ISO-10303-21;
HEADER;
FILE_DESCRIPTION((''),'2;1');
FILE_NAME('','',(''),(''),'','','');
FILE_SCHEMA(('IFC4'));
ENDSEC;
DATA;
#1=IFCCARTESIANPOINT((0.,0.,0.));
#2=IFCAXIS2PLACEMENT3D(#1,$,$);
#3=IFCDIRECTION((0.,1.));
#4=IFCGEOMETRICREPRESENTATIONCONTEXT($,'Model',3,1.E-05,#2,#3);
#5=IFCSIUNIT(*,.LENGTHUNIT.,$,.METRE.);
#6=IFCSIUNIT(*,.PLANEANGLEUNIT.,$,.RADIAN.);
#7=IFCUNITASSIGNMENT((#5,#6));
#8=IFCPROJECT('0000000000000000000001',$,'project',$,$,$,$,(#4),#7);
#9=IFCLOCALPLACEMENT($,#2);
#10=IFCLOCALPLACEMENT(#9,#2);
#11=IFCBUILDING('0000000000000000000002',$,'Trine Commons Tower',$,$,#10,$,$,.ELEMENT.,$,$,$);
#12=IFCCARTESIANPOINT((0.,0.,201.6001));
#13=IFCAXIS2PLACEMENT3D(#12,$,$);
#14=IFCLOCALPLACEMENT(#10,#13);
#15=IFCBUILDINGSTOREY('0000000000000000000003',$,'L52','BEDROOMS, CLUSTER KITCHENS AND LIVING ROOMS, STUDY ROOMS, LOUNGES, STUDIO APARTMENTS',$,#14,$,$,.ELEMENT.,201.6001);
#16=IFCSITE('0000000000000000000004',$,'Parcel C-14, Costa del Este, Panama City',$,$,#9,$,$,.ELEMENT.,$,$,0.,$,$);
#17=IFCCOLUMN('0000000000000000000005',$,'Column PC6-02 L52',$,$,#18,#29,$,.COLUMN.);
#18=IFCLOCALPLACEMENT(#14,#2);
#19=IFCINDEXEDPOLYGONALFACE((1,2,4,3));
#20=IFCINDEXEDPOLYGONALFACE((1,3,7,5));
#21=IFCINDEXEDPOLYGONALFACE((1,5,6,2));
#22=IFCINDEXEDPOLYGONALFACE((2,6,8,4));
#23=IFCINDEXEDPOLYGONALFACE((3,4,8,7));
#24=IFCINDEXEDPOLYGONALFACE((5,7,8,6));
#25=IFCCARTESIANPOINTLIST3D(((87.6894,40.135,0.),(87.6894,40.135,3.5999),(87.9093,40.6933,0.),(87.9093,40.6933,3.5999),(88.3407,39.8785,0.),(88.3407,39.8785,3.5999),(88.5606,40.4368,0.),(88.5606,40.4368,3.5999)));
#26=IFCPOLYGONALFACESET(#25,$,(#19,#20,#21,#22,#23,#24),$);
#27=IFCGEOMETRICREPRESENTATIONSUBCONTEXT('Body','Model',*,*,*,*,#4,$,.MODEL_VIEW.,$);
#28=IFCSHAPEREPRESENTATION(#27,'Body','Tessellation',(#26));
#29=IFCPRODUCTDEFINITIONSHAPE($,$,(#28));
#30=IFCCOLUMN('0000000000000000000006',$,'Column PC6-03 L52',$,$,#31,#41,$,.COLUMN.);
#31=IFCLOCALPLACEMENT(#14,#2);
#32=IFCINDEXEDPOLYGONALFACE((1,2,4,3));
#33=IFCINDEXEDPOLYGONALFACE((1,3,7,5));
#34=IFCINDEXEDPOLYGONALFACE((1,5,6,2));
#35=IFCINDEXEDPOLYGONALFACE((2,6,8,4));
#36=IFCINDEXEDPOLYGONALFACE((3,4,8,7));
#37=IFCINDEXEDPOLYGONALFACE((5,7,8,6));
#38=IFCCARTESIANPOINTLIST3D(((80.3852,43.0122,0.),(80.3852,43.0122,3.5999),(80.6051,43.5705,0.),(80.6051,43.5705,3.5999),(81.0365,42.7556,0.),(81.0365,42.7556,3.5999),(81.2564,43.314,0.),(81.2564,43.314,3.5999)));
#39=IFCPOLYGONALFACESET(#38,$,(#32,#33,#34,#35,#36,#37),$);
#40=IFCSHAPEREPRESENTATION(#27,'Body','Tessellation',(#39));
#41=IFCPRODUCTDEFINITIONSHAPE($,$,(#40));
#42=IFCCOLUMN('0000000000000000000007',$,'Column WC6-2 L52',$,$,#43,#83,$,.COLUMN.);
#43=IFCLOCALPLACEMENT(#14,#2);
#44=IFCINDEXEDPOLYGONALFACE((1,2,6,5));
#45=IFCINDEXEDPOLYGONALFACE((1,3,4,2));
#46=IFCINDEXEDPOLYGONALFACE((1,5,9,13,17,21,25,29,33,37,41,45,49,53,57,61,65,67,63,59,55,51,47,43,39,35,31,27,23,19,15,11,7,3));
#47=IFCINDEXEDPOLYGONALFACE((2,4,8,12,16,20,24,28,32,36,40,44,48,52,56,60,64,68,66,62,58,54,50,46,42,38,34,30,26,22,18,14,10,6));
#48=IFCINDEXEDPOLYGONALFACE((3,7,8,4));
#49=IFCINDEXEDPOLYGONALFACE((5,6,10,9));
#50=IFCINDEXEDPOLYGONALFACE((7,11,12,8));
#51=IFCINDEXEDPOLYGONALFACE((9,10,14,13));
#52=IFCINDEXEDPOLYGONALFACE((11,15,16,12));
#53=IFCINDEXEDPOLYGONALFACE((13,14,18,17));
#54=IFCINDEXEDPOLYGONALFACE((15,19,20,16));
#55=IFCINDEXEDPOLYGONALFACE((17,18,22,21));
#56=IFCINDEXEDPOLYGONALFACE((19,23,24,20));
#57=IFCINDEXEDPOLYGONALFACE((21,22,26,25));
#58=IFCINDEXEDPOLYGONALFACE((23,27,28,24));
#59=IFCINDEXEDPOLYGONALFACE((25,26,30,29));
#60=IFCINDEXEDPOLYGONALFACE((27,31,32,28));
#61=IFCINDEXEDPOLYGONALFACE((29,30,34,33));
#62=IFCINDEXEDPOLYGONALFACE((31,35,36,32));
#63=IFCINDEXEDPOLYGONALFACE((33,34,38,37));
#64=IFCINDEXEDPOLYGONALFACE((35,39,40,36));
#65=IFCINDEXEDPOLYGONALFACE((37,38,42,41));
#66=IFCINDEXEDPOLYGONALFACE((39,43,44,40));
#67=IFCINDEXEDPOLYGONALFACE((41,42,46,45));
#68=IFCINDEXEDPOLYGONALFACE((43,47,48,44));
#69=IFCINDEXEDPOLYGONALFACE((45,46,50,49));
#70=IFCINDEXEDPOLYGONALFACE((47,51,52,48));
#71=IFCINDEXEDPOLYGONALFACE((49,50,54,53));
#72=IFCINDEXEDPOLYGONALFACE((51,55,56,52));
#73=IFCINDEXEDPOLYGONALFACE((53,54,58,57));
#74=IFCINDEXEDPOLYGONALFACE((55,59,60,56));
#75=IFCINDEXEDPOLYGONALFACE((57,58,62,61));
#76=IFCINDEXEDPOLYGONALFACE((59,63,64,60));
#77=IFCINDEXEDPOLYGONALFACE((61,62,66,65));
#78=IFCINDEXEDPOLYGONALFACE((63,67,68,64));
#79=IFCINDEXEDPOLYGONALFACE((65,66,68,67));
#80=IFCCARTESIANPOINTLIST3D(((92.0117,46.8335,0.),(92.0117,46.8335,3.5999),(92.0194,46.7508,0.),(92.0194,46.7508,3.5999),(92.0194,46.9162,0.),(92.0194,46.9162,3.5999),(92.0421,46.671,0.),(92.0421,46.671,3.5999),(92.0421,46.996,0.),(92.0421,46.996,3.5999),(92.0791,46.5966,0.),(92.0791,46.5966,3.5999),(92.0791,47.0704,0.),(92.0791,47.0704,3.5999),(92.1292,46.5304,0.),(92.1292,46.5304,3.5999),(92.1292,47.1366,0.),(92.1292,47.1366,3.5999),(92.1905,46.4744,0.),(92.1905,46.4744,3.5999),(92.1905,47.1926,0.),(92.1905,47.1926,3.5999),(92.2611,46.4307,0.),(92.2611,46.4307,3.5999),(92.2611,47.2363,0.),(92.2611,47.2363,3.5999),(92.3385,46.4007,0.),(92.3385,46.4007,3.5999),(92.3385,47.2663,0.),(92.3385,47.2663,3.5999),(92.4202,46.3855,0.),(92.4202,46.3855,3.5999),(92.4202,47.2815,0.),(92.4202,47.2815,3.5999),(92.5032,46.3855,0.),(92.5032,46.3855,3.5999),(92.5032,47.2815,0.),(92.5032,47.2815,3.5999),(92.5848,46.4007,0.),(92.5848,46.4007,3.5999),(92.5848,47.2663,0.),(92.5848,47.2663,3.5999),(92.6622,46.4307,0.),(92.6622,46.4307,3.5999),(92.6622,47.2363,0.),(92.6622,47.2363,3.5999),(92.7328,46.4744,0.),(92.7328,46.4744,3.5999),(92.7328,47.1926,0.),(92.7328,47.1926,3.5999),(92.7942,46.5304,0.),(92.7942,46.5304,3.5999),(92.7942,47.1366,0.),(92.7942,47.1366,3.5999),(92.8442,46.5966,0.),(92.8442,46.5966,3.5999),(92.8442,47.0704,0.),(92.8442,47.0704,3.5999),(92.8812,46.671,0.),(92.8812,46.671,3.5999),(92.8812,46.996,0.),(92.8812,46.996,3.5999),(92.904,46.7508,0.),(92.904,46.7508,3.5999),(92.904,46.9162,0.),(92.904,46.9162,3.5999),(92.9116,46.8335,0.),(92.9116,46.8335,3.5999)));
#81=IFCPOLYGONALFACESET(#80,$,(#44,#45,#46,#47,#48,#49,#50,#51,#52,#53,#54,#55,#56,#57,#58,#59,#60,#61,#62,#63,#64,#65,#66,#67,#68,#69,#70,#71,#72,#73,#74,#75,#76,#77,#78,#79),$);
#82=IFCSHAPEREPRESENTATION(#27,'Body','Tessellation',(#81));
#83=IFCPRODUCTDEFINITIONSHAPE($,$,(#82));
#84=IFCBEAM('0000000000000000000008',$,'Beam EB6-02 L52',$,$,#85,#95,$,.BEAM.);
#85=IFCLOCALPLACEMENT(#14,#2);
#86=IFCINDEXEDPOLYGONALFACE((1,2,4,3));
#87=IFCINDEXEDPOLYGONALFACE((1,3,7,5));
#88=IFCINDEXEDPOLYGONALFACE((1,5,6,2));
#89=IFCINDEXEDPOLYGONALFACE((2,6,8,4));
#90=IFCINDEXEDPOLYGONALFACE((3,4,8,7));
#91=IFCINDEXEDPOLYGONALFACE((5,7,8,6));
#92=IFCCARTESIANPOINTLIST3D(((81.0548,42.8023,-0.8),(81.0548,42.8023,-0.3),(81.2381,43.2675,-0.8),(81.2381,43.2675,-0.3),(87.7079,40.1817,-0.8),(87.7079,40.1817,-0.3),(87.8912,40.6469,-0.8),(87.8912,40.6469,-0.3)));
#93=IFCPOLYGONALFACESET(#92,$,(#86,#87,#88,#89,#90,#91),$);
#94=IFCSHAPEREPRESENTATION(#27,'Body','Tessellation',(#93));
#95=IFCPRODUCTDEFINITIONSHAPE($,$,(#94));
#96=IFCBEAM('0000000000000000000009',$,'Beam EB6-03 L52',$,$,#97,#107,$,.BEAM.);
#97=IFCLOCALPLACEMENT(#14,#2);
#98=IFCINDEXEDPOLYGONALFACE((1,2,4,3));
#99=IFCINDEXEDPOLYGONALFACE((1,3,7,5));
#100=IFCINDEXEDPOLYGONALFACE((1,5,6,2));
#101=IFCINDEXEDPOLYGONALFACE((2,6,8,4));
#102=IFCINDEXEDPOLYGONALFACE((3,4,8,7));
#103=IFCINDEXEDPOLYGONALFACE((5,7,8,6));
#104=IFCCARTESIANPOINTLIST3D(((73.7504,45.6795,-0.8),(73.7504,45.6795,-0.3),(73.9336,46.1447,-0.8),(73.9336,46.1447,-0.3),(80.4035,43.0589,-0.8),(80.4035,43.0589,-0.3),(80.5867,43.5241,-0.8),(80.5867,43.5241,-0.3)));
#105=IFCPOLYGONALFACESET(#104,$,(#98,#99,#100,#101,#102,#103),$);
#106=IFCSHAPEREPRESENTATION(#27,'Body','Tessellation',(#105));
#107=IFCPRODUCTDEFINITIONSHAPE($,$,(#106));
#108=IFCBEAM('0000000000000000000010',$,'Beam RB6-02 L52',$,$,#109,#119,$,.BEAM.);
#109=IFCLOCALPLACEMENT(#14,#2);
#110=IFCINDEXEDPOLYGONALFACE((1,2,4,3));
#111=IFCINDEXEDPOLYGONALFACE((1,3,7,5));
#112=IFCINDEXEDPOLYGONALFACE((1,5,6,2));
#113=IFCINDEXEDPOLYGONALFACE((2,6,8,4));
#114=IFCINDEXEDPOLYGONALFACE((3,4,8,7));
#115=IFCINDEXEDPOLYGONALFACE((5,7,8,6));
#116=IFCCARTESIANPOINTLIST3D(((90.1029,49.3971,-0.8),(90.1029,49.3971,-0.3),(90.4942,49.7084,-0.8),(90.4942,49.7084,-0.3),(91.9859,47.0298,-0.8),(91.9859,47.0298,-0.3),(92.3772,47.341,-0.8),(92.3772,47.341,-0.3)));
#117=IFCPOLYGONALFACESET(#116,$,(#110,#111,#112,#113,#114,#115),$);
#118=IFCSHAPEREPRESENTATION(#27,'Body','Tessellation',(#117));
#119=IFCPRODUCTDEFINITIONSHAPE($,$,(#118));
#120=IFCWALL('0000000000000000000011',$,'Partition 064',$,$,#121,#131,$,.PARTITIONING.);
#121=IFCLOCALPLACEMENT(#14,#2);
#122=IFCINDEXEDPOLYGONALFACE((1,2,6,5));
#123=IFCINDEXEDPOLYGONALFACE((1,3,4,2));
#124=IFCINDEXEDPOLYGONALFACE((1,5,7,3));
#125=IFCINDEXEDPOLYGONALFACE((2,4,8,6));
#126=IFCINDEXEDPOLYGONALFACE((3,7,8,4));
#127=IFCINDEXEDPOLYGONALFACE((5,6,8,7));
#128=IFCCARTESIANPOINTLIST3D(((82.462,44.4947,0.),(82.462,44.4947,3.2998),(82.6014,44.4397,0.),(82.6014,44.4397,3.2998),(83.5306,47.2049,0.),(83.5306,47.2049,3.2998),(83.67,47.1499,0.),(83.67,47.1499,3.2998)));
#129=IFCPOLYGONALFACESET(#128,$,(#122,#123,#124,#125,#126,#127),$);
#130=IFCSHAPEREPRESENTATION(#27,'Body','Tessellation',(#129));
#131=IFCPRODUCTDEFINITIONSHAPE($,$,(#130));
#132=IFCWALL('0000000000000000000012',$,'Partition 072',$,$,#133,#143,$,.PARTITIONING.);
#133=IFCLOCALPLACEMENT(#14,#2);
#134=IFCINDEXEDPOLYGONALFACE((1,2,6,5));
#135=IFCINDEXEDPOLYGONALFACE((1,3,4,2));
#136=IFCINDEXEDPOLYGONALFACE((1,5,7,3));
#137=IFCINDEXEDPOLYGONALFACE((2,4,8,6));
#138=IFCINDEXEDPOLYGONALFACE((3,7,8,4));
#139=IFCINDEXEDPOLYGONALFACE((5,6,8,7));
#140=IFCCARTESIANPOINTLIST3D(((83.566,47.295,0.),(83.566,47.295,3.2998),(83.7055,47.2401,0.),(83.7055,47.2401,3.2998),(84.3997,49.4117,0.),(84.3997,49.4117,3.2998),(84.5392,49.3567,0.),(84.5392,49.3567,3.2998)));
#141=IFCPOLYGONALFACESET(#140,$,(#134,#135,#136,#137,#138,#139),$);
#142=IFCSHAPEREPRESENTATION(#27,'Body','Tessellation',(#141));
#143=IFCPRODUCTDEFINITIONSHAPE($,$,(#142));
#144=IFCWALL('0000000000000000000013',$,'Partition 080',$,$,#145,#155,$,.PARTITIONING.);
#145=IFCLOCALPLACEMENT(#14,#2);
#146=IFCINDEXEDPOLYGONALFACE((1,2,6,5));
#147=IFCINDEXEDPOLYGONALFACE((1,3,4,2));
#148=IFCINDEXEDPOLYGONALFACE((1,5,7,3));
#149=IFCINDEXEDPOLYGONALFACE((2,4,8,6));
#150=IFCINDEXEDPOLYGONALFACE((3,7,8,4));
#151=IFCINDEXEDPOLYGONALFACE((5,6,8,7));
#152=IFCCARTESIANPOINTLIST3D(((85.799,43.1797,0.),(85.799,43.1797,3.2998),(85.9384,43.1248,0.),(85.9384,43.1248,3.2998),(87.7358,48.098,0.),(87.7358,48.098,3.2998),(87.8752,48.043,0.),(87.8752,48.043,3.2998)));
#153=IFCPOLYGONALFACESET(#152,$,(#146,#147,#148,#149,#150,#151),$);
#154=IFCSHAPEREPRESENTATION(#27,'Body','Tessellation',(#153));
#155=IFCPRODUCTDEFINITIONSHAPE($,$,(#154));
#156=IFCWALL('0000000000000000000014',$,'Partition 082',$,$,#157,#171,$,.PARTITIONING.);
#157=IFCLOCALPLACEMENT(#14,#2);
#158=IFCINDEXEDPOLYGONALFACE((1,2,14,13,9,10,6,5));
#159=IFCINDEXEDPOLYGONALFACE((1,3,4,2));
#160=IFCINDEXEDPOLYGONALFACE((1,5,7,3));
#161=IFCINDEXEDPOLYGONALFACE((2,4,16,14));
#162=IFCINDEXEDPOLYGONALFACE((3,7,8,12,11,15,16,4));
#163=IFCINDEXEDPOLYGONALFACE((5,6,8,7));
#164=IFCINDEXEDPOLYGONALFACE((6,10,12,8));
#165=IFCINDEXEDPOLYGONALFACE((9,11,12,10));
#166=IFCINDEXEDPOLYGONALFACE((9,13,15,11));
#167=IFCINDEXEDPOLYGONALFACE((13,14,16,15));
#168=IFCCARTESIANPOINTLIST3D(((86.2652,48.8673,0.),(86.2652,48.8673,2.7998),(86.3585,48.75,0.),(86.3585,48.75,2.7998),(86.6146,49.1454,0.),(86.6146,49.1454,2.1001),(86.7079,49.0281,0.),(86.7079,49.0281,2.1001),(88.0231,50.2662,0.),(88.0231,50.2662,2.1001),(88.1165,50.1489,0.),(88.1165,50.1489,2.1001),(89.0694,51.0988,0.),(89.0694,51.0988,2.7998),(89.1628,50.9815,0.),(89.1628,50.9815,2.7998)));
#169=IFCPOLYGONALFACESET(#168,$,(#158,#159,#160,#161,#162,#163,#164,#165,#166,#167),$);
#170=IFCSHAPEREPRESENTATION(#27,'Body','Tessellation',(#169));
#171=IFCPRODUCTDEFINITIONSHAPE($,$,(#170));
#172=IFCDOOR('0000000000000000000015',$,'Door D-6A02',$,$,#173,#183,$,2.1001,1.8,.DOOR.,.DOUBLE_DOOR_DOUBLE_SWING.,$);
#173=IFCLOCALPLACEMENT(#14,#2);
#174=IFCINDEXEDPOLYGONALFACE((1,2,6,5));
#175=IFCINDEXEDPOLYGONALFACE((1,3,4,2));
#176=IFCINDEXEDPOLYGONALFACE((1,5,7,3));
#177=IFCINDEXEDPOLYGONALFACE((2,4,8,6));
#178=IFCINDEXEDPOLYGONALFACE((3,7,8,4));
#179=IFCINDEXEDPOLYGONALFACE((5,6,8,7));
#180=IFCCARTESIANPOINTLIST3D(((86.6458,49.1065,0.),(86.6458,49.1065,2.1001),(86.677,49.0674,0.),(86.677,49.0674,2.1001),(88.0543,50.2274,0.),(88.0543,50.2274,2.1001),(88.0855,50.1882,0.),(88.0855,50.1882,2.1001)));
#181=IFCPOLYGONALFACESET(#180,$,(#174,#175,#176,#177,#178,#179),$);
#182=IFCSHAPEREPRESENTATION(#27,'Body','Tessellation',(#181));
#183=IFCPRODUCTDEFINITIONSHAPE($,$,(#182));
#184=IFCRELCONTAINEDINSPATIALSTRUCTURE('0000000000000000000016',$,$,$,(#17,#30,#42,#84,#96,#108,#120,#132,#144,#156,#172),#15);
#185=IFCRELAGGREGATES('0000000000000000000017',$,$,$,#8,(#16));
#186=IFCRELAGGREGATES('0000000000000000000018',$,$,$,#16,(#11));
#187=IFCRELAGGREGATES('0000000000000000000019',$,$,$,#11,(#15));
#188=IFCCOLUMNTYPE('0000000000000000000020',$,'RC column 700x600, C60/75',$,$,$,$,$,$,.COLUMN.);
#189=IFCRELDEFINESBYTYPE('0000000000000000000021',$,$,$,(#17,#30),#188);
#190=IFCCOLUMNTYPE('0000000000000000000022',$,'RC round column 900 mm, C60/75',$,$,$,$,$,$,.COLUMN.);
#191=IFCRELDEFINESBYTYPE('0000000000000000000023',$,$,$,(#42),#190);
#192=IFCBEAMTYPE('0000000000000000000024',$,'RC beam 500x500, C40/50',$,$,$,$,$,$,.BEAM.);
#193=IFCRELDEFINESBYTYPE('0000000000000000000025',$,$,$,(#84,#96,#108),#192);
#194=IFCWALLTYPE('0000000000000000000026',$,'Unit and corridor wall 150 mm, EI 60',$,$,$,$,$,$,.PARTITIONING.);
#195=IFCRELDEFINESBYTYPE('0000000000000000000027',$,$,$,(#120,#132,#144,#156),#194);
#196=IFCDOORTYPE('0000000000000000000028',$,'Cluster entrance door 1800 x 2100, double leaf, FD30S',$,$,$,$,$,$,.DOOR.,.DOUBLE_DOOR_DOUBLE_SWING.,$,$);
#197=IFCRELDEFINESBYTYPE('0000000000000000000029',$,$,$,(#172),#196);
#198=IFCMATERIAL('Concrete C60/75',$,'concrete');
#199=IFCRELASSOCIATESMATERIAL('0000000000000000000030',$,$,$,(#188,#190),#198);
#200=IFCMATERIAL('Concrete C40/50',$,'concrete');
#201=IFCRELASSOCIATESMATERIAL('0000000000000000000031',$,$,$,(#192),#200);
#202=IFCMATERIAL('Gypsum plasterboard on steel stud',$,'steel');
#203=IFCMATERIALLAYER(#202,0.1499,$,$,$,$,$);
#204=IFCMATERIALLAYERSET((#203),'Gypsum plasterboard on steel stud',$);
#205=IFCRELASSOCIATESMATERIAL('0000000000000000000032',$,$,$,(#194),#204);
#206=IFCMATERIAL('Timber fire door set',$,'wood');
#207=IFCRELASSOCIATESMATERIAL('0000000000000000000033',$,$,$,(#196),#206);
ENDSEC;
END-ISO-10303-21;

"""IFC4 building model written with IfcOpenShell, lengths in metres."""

from ifc_helpers import new_model, si_unit, direction, frame, frame_2d, origin, origin_2d, place, context, subcontext, project, spatial, rectangle, circle, extrude, material, layer, layer_set, material_profile, profile_set, type_object, element, fill, save


model = new_model("IFC4")

# Units and contexts
model_context = context("Model", 3, precision=1e-05, world=origin(), true_north=direction((0.0, 1.0)))
body_context = subcontext(model_context, "Body", "Model", "MODEL_VIEW")
ifc_project = project(units=[si_unit("LENGTHUNIT", "METRE"), si_unit("PLANEANGLEUNIT", "RADIAN")], contexts=[model_context])

# Site, building, storey
site_placement = place(None, origin())
site = spatial("IfcSite", under=ifc_project, at=site_placement, Name="Parcel C-14, Costa del Este, Panama City", CompositionType="ELEMENT", RefElevation=0.0)
building_placement = place(site_placement, origin())
building = spatial("IfcBuilding", under=site, at=building_placement, Name="Trine Commons Tower", CompositionType="ELEMENT")
storey_placement = place(building_placement, frame((0.0, 0.0, 201.6001)))
storey = spatial("IfcBuildingStorey", under=building, at=storey_placement, Name="L52", Description="BEDROOMS, CLUSTER KITCHENS AND LIVING ROOMS, STUDY ROOMS, LOUNGES, STUDIO APARTMENTS", CompositionType="ELEMENT", Elevation=201.6001)

# Columns
ifc_material_1 = material(Name="Concrete C60/75", Category="concrete")
ifc_material_profile_1 = material_profile(ifc_material_1, rectangle(XDim=0.7, YDim=0.6001, at=origin_2d()), Name="RC 700x600")
ifc_profile_set_1 = profile_set([ifc_material_profile_1], Name="Concrete C60/75")
column_type_1 = type_object("IfcColumnType", Name="RC column 700x600, C60/75", PredefinedType="COLUMN", material=ifc_profile_set_1)
for number, where, z_axis, x_axis, name in (
    (1, (88.125, 40.2859, 0.0), (0.0, 0.0, 1.0), (-0.930418, 0.366501, 0.0), "Column PC6-02 L52"),
    (2, (80.8208, 43.1631, 0.0), (0.0, 0.0, 1.0), (-0.930418, 0.366501, 0.0), "Column PC6-03 L52"),
):
    element("IfcColumn", number, at=place(storey_placement, frame(where, z_axis=z_axis, x_axis=x_axis)), inside=storey, type_object=column_type_1, Name=name, PredefinedType="COLUMN", context=body_context, shape_type="SweptSolid", body=[
        extrude(rectangle(XDim=0.7, YDim=0.6001, at=origin_2d()), origin(), (0.0, 0.0, 1.0), 3.5999),
    ])
ifc_material_profile_2 = material_profile(ifc_material_1, circle(Radius=0.45, at=origin_2d()), Name="RC round 900")
ifc_profile_set_2 = profile_set([ifc_material_profile_2], Name="Concrete C60/75")
column_type_2 = type_object("IfcColumnType", Name="RC round column 900 mm, C60/75", PredefinedType="COLUMN", material=ifc_profile_set_2)
column_placement = place(storey_placement, frame((92.4617, 46.8335, 0.0), z_axis=(0.0, 0.0, 1.0), x_axis=(1.0, 0.0, 0.0)))
element("IfcColumn", 3, at=column_placement, inside=storey, type_object=column_type_2, Name="Column WC6-2 L52", PredefinedType="COLUMN", context=body_context, shape_type="SweptSolid", body=[
    extrude(circle(Radius=0.45, at=origin_2d()), origin(), (0.0, 0.0, 1.0), 3.5999),
])

# Beams
ifc_material_2 = material(Name="Concrete C40/50", Category="concrete")
ifc_material_profile_3 = material_profile(ifc_material_2, rectangle(XDim=0.5, YDim=0.5, at=origin_2d()), Name="RC 500x500")
ifc_profile_set_3 = profile_set([ifc_material_profile_3], Name="Concrete C40/50")
beam_type = type_object("IfcBeamType", Name="RC beam 500x500, C40/50", PredefinedType="BEAM", material=ifc_profile_set_3)
for number, where, z_axis, x_axis, name in (
    (4, (87.7996, 40.4143, -0.55), (-0.930423, 0.366488, 0.0), (-0.366488, -0.930423, 0.0), "Beam EB6-02 L52"),
    (5, (80.4951, 43.2915, -0.55), (-0.930423, 0.366488, 0.0), (-0.366488, -0.930423, 0.0), "Beam EB6-03 L52"),
):
    element("IfcBeam", number, at=place(storey_placement, frame(where, z_axis=z_axis, x_axis=x_axis)), inside=storey, type_object=beam_type, Name=name, PredefinedType="BEAM", context=body_context, shape_type="SweptSolid", body=[
        extrude(rectangle(XDim=0.5, YDim=0.5, at=origin_2d()), origin(), (0.0, 0.0, 1.0), 7.1506),
    ])
beam_placement = place(storey_placement, frame((90.2986, 49.5527, -0.55), z_axis=(0.622498, -0.782622, 0.0), x_axis=(0.782622, 0.622498, 0.0)))
element("IfcBeam", 6, at=beam_placement, inside=storey, type_object=beam_type, Name="Beam RB6-02 L52", PredefinedType="BEAM", context=body_context, shape_type="SweptSolid", body=[
    extrude(rectangle(XDim=0.5, YDim=0.5, at=origin_2d()), origin(), (0.0, 0.0, 1.0), 3.0249),
])

# Walls
ifc_material_3 = material(Name="Gypsum plasterboard on steel stud", Category="steel")
ifc_layer_1 = layer(ifc_material_3, 0.1499)
ifc_layer_set_1 = layer_set([ifc_layer_1], Name="Gypsum plasterboard on steel stud")
wall_type_1 = type_object("IfcWallType", Name="Unit and corridor wall 150 mm, EI 60", PredefinedType="PARTITIONING", material=ifc_layer_set_1)
wall_1_placement = place(storey_placement, frame((82.5317, 44.4673, 0.0), z_axis=(0.0, 0.0, 1.0), x_axis=(0.366806, 0.930298, 0.0)))
element("IfcWall", 7, at=wall_1_placement, inside=storey, type_object=wall_type_1, Name="Partition 064", PredefinedType="PARTITIONING", context=body_context, shape_type="SweptSolid", body=[
    extrude(rectangle(XDim=2.9133, YDim=0.1499, at=frame_2d((1.4565, 0.0))), origin(), (0.0, 0.0, 1.0), 3.2998),
])
wall_2_placement = place(storey_placement, frame((83.6357, 47.2676, 0.0), z_axis=(0.0, 0.0, 1.0), x_axis=(0.366482, 0.930425, 0.0)))
element("IfcWall", 8, at=wall_2_placement, inside=storey, type_object=wall_type_1, Name="Partition 072", PredefinedType="PARTITIONING", context=body_context, shape_type="SweptSolid", body=[
    extrude(rectangle(XDim=2.2749, YDim=0.1499, at=frame_2d((1.1375, 0.0))), origin(), (0.0, 0.0, 1.0), 3.2998),
])
wall_3_placement = place(storey_placement, frame((85.8687, 43.1521, 0.0), z_axis=(0.0, 0.0, 1.0), x_axis=(0.366408, 0.930454, 0.0)))
element("IfcWall", 9, at=wall_3_placement, inside=storey, type_object=wall_type_1, Name="Partition 080", PredefinedType="PARTITIONING", context=body_context, shape_type="SweptSolid", body=[
    extrude(rectangle(XDim=5.2859, YDim=0.1499, at=frame_2d((2.6431, 0.0))), origin(), (0.0, 0.0, 1.0), 3.2998),
])

# Wall, opening, door
wall_4_placement = place(storey_placement, frame((86.3118, 48.8086, 0.0), z_axis=(0.0, 0.0, 1.0), x_axis=(0.782488, 0.622666, 0.0)))
wall_4 = element("IfcWall", 10, at=wall_4_placement, inside=storey, type_object=wall_type_1, Name="Partition 082", PredefinedType="PARTITIONING", context=body_context, shape_type="SweptSolid", body=[
    extrude(rectangle(XDim=3.5837, YDim=0.1499, at=frame_2d((1.792, 0.0))), origin(), (0.0, 0.0, 1.0), 2.7998),
])
opening_1_placement = place(wall_4_placement, frame((0.4468, 0.0, 0.0)))
opening_1 = element("IfcOpeningElement", 11, at=opening_1_placement, cuts=wall_4, PredefinedType="OPENING", context=body_context, shape_type="SweptSolid", body=[
    extrude(rectangle(XDim=1.8, YDim=2.1001, at=frame_2d((0.8999, 1.05))), frame((0.0, 0.085, 0.0), z_axis=(0.0, -1.0, 0.0), x_axis=(1.0, 0.0, 0.0)), (0.0, 0.0, 1.0), 0.1699),
])
ifc_material_4 = material(Name="Timber fire door set", Category="wood")
door_type_1 = type_object("IfcDoorType", Name="Cluster entrance door 1800 x 2100, double leaf, FD30S", OperationType="DOUBLE_DOOR_DOUBLE_SWING", PredefinedType="DOOR", material=ifc_material_4)
door_1_placement = place(opening_1_placement, frame((1.8, 0.0, 0.0), z_axis=(0.0, 0.0, 1.0), x_axis=(-1.0, 0.0, 0.0)))
door_1 = element("IfcDoor", 12, at=door_1_placement, inside=storey, type_object=door_type_1, Name="Door D-6A02", OperationType="DOUBLE_DOOR_DOUBLE_SWING", OverallHeight=2.1001, OverallWidth=1.8, PredefinedType="DOOR", context=body_context, shape_type="SweptSolid", body=[
    extrude(rectangle(XDim=1.8, YDim=2.1001, at=frame_2d((0.8999, 1.05))), frame((0.0, 0.0249, 0.0), z_axis=(0.0, -1.0, 0.0), x_axis=(1.0, 0.0, 0.0)), (0.0, 0.0, 1.0), 0.05),
])
fill(opening_1, door_1)

save(model, "model.ifc")
